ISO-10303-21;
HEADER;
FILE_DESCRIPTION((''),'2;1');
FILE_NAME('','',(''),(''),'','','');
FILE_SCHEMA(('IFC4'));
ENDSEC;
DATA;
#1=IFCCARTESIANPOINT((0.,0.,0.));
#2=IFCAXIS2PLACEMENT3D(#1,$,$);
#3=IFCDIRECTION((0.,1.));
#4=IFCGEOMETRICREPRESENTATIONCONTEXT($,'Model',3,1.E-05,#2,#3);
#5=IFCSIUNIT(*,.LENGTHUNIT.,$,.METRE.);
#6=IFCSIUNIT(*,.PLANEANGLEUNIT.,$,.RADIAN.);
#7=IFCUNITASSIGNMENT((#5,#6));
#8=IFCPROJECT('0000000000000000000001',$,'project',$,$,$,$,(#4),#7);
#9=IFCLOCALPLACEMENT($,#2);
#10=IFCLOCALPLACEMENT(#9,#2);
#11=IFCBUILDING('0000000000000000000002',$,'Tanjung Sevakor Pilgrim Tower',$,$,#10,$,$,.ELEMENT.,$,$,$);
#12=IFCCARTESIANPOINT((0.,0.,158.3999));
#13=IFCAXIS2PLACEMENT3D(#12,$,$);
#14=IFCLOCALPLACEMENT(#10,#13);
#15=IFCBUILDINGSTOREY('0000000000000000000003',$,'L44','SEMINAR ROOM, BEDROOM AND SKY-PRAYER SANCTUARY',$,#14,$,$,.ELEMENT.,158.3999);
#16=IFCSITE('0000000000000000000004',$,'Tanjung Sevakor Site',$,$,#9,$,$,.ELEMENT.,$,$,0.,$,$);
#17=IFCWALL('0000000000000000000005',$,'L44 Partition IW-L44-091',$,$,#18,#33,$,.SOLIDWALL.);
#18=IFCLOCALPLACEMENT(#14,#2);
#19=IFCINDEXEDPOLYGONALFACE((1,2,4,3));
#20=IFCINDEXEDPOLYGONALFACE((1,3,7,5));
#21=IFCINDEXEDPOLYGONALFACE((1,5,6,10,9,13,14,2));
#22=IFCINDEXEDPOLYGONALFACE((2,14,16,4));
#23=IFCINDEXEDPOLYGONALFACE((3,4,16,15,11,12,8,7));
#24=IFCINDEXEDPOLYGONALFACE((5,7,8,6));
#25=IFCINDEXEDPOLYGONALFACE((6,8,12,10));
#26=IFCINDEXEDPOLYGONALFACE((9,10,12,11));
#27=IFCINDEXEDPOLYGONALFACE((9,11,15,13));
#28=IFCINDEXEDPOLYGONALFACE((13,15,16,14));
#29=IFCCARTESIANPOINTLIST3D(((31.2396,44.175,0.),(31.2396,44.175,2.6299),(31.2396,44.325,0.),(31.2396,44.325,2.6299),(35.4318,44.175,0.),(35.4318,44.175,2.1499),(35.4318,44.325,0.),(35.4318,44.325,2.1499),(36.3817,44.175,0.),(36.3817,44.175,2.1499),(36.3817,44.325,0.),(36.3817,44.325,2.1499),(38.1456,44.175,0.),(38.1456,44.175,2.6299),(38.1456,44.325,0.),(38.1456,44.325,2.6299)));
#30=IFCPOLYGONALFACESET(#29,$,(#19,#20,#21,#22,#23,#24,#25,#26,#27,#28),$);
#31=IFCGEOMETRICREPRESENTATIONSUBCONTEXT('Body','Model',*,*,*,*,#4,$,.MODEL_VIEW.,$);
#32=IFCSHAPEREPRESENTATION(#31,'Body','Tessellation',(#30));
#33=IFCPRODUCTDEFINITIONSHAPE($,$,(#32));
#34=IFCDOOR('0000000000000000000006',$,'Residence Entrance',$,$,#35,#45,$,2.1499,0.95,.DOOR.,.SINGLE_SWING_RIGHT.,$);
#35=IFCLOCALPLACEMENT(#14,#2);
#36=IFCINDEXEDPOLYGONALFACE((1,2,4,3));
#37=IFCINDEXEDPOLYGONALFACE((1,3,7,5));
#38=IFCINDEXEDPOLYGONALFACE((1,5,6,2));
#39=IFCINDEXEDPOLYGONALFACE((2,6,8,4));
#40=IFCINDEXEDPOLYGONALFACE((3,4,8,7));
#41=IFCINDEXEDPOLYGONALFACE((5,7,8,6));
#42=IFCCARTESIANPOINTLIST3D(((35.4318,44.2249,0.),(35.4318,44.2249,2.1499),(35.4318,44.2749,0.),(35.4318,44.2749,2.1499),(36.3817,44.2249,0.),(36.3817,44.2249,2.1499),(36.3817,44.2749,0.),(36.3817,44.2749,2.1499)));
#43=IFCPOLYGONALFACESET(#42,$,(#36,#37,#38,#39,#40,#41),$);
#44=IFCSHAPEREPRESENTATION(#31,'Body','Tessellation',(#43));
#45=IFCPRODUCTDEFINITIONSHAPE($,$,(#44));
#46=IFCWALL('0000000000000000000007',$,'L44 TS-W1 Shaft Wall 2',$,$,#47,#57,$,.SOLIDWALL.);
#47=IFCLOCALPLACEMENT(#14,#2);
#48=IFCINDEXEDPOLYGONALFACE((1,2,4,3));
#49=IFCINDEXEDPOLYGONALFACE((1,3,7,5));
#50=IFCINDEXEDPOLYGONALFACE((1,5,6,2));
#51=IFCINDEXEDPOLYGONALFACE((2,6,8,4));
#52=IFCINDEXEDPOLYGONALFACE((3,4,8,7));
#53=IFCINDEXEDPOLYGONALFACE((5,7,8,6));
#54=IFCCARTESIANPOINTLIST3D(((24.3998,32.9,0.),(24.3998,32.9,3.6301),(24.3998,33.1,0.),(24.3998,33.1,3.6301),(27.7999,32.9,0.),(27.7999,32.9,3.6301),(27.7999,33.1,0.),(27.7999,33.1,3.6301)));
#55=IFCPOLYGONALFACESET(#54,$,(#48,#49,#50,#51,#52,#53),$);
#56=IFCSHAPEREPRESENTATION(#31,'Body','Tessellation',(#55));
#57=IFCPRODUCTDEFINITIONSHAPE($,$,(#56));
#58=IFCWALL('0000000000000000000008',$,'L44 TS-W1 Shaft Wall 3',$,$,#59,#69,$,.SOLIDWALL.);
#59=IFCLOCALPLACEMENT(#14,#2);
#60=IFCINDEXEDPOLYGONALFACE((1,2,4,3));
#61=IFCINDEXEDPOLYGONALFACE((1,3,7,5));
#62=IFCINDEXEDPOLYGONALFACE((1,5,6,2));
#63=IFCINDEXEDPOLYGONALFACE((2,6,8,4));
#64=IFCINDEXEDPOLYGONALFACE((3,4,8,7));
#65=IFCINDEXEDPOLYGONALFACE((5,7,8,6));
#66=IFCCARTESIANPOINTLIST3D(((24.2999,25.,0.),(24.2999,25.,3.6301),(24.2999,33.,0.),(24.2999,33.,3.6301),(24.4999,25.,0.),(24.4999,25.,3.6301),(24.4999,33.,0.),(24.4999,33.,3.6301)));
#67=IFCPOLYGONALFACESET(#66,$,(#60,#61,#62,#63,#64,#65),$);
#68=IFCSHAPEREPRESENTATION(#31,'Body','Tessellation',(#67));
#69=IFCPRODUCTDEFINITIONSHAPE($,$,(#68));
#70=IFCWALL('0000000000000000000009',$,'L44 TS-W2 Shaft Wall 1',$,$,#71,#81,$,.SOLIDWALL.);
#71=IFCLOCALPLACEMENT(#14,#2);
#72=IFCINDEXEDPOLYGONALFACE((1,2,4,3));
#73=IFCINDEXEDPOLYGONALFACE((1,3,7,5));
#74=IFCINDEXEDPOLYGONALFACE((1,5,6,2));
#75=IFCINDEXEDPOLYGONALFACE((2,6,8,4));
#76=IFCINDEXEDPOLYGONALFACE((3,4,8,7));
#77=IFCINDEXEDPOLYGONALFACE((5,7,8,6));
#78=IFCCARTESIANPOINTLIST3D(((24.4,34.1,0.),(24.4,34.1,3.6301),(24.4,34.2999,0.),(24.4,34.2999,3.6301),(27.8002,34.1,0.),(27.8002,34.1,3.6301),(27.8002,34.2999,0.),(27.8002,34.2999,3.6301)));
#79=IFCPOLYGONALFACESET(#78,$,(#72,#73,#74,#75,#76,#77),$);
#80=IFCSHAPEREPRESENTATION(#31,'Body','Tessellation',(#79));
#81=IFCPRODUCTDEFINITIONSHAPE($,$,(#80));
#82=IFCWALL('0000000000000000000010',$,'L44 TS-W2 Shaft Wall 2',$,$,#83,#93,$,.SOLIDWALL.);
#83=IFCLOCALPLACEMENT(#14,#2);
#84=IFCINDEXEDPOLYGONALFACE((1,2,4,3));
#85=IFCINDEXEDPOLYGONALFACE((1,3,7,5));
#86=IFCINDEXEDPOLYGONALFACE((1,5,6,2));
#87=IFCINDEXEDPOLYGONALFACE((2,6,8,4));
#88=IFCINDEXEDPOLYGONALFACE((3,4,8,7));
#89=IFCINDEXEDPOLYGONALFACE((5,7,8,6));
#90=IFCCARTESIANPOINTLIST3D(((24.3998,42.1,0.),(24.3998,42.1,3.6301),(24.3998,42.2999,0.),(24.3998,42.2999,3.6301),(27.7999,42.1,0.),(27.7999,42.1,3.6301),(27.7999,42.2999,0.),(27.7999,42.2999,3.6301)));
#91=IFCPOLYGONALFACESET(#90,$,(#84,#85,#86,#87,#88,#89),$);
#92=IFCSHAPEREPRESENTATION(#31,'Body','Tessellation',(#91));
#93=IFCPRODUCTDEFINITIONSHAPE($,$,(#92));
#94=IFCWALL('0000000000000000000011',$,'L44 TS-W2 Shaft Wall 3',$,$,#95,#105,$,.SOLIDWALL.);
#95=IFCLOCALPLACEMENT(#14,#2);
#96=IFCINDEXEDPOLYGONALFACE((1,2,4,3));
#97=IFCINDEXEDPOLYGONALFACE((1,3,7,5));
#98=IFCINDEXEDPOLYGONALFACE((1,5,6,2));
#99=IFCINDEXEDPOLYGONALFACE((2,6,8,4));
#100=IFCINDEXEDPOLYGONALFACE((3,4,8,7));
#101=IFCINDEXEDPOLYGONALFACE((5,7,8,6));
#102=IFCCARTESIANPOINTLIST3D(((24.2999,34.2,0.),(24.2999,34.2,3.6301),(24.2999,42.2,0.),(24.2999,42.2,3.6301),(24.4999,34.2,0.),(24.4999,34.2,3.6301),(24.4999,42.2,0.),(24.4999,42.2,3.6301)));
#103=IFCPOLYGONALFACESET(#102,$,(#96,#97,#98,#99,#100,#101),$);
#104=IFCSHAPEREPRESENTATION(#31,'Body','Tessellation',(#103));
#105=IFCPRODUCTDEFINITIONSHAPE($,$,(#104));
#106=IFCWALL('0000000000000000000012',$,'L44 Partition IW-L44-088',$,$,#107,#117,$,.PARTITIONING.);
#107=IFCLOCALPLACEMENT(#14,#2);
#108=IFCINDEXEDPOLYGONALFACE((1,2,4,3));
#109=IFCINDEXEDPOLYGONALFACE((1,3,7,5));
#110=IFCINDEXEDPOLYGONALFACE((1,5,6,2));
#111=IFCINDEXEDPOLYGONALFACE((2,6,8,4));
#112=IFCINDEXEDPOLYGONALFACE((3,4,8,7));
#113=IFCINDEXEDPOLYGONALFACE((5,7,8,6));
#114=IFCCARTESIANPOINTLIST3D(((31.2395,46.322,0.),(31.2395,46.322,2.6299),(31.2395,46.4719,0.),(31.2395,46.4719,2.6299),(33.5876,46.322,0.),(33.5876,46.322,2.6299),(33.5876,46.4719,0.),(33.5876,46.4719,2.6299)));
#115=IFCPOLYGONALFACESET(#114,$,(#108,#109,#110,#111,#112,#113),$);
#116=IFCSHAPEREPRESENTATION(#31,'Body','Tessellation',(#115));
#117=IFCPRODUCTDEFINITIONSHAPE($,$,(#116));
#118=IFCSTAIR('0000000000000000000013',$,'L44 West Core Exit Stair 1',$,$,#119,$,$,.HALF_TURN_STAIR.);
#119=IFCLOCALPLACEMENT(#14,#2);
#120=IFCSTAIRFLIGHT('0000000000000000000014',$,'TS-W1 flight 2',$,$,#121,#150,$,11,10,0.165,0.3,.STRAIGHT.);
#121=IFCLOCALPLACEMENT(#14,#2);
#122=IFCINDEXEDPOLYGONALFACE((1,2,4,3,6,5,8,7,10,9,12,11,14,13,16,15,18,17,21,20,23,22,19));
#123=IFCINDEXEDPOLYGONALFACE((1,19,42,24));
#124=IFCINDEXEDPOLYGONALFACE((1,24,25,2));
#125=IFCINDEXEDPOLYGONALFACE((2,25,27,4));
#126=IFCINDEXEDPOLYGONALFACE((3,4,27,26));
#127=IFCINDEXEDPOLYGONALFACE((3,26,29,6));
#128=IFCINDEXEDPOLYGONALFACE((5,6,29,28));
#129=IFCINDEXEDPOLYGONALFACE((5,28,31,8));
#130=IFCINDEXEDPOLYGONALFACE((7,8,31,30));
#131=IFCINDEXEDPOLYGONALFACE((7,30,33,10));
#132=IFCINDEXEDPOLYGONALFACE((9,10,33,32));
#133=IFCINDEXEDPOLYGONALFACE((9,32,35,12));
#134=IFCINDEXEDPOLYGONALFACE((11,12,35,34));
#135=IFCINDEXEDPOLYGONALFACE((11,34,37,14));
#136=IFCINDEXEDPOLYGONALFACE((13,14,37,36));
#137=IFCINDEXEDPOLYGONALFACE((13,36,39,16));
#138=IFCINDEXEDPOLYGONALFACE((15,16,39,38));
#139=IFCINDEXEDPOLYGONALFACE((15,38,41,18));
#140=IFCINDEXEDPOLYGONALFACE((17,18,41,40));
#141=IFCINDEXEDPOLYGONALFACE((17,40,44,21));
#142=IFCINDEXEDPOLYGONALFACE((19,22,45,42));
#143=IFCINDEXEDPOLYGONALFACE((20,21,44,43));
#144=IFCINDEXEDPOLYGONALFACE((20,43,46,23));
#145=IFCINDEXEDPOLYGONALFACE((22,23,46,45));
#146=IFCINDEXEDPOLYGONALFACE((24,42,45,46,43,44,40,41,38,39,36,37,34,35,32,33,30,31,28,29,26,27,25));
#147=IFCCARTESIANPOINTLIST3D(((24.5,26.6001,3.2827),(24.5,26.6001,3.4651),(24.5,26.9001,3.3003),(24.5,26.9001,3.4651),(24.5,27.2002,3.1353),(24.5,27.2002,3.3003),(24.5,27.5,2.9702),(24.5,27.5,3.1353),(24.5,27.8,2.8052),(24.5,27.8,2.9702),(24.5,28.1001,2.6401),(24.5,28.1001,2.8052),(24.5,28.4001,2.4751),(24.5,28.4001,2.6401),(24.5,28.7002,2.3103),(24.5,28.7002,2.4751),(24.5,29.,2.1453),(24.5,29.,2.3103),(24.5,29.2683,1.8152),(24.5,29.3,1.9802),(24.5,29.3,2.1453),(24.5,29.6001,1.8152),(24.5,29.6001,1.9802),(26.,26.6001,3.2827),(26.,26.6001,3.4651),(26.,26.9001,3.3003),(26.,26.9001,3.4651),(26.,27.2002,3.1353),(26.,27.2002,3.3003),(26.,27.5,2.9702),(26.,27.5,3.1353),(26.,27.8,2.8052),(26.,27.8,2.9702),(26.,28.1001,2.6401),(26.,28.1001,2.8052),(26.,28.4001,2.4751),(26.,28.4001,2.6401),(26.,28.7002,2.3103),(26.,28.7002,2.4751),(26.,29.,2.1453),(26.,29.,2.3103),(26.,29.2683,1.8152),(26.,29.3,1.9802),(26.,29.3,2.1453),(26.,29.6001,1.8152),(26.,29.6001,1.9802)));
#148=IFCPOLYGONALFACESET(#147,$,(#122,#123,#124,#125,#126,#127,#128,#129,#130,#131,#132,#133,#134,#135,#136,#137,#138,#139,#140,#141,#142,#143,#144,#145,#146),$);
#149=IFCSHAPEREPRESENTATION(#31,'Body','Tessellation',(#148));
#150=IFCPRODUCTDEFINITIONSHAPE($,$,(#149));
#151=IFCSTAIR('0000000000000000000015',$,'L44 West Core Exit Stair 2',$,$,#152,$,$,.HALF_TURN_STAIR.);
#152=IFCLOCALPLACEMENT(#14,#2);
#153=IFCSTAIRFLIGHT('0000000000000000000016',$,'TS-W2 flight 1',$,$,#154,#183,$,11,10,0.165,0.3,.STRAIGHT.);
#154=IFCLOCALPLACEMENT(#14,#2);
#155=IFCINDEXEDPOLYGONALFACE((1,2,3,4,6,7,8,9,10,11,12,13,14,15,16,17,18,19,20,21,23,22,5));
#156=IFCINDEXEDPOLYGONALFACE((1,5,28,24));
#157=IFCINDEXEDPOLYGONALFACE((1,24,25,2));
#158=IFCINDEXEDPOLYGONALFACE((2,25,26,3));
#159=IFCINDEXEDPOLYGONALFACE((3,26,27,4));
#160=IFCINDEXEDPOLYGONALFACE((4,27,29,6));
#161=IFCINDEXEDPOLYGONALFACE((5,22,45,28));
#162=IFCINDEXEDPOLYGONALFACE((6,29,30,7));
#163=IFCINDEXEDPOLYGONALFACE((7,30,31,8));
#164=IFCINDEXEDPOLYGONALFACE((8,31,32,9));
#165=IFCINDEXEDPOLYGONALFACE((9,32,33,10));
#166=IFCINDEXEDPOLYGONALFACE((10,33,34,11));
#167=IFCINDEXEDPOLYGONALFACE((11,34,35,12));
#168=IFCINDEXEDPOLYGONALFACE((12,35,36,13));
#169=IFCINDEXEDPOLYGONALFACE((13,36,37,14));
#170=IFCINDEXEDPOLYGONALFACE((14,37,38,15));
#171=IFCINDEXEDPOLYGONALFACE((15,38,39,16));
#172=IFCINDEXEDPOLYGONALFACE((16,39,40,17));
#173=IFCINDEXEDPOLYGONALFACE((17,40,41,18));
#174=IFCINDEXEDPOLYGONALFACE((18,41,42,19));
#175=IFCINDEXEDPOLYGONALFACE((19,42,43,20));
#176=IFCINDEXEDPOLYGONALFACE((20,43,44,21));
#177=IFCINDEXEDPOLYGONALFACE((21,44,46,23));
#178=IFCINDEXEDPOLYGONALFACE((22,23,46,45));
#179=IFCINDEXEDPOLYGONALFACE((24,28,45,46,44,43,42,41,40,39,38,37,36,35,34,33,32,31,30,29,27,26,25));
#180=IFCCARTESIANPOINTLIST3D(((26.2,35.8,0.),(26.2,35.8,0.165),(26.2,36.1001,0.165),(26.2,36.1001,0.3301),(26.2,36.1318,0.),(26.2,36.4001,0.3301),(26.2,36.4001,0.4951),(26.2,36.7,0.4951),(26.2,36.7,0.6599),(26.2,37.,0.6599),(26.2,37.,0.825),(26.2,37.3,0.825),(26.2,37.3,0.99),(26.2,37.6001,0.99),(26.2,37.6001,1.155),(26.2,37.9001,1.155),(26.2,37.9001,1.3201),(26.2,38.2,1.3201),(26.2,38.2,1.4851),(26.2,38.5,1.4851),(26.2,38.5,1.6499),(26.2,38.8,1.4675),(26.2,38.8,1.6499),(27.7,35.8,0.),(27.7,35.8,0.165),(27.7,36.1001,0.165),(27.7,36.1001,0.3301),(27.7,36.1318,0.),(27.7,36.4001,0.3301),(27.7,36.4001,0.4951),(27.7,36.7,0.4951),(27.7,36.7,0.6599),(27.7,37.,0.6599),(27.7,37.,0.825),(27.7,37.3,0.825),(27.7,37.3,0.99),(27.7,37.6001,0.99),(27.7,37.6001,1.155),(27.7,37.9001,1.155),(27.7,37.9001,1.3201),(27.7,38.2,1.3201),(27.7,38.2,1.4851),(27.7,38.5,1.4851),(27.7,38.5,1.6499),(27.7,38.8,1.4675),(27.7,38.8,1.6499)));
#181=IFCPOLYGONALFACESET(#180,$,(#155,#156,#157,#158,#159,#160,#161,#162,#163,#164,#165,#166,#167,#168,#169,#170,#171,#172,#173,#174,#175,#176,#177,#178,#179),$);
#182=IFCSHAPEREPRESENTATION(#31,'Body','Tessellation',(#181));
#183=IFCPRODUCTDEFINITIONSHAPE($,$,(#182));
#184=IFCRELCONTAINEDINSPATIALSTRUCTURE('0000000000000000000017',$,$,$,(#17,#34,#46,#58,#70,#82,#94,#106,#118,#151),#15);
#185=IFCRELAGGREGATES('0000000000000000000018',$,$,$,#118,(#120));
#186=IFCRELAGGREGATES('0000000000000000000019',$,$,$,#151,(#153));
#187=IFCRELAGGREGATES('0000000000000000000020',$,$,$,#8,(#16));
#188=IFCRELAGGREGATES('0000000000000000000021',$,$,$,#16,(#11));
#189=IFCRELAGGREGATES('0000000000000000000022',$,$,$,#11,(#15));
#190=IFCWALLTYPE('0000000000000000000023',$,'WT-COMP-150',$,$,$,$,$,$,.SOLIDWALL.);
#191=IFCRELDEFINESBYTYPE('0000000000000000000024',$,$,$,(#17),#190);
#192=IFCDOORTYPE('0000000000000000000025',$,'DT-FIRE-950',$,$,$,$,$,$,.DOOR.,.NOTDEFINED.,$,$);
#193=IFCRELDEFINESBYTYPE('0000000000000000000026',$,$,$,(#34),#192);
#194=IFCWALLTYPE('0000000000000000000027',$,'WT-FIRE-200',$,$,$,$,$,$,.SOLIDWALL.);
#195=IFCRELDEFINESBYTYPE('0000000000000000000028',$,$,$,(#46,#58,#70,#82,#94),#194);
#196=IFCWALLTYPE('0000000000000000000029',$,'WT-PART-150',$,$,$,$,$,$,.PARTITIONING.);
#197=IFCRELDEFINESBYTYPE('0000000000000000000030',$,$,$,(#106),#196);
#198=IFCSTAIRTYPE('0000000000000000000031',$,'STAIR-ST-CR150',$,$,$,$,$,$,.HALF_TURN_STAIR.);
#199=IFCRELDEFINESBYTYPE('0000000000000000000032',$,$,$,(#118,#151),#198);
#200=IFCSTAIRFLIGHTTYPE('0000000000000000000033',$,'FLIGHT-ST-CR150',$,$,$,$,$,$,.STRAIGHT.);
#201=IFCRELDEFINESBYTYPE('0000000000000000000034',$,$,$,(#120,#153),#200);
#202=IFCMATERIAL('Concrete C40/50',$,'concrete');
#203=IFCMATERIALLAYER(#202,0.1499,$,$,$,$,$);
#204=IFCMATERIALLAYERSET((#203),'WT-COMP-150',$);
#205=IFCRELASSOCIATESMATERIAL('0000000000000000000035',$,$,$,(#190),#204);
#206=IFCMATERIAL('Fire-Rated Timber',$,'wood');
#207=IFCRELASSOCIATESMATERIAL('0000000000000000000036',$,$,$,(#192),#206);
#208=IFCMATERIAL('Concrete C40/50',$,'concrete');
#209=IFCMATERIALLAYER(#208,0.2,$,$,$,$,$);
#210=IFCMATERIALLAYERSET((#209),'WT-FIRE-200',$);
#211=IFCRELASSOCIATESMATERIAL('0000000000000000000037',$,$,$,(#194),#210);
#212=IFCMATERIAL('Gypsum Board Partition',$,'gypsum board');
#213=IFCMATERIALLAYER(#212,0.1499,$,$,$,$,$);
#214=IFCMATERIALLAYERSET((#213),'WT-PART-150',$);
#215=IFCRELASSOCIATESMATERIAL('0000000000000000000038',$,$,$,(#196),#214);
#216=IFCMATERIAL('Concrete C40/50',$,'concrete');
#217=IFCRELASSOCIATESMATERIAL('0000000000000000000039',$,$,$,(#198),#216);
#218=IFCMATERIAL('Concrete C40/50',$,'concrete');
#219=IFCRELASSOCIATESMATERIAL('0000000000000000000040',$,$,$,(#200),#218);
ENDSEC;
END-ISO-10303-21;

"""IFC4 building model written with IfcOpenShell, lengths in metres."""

from ifc_helpers import new_model, si_unit, direction, frame, frame_2d, origin, place, context, subcontext, project, spatial, polyline, rectangle, outline, extrude, material, layer, layer_set, type_object, element, fill, aggregate, save


model = new_model("IFC4")

# Units and contexts
model_context = context("Model", 3, precision=1e-05, world=origin(), true_north=direction((0.0, 1.0)))
body_context = subcontext(model_context, "Body", "Model", "MODEL_VIEW")
ifc_project = project(units=[si_unit("LENGTHUNIT", "METRE"), si_unit("PLANEANGLEUNIT", "RADIAN")], contexts=[model_context])

# Site, building, storey
site_placement = place(None, origin())
site = spatial("IfcSite", under=ifc_project, at=site_placement, Name="Tanjung Sevakor Site", CompositionType="ELEMENT", RefElevation=0.0)
building_placement = place(site_placement, origin())
building = spatial("IfcBuilding", under=site, at=building_placement, Name="Tanjung Sevakor Pilgrim Tower", CompositionType="ELEMENT")
storey_placement = place(building_placement, frame((0.0, 0.0, 158.3999)))
storey = spatial("IfcBuildingStorey", under=building, at=storey_placement, Name="L44", Description="SEMINAR ROOM, BEDROOM AND SKY-PRAYER SANCTUARY", CompositionType="ELEMENT", Elevation=158.3999)

# Shared definitions
ifc_material_1 = material(Name="Concrete C40/50", Category="concrete")
ifc_layer_1 = layer(ifc_material_1, 0.1499)
ifc_layer_set_1 = layer_set([ifc_layer_1], Name="WT-COMP-150")
wall_type_1 = type_object("IfcWallType", Name="WT-COMP-150", PredefinedType="SOLIDWALL", material=ifc_layer_set_1)

# Shared definitions
ifc_material_2 = material(Name="Fire-Rated Timber", Category="wood")
door_type_1 = type_object("IfcDoorType", Name="DT-FIRE-950", OperationType="NOTDEFINED", PredefinedType="DOOR", material=ifc_material_2)

# Wall, opening, door
wall_1_placement = place(storey_placement, frame((31.2395, 44.25, 0.0), z_axis=(0.0, 0.0, 1.0), x_axis=(1.0, 0.0, 0.0)))
wall_1 = element("IfcWall", 1, at=wall_1_placement, inside=storey, type_object=wall_type_1, Name="L44 Partition IW-L44-091", PredefinedType="SOLIDWALL", context=body_context, shape_type="SweptSolid", body=[
    extrude(rectangle(XDim=6.906, YDim=0.1499, at=frame_2d((3.4531, 0.0))), origin(), (0.0, 0.0, 1.0), 2.6299),
])
opening_1_placement = place(wall_1_placement, frame((4.1921, 0.0, 0.0)))
opening_1 = element("IfcOpeningElement", 2, at=opening_1_placement, cuts=wall_1, PredefinedType="OPENING", context=body_context, shape_type="SweptSolid", body=[
    extrude(rectangle(XDim=0.95, YDim=2.1499, at=frame_2d((0.4751, 1.075))), frame((0.0, 0.085, 0.0), z_axis=(0.0, -1.0, 0.0), x_axis=(1.0, 0.0, 0.0)), (0.0, 0.0, 1.0), 0.1699),
])
door_1_placement = place(opening_1_placement, origin())
door_1 = element("IfcDoor", 3, at=door_1_placement, inside=storey, type_object=door_type_1, Name="Residence Entrance", OperationType="SINGLE_SWING_RIGHT", OverallHeight=2.1499, OverallWidth=0.95, PredefinedType="DOOR", context=body_context, shape_type="SweptSolid", body=[
    extrude(rectangle(XDim=0.95, YDim=2.1499, at=frame_2d((0.4751, 1.075))), frame((0.0, 0.0249, 0.0), z_axis=(0.0, -1.0, 0.0), x_axis=(1.0, 0.0, 0.0)), (0.0, 0.0, 1.0), 0.05),
])
fill(opening_1, door_1)

# Walls
ifc_material_3 = material(Name="Concrete C40/50", Category="concrete")
ifc_layer_2 = layer(ifc_material_3, 0.2)
ifc_layer_set_2 = layer_set([ifc_layer_2], Name="WT-FIRE-200")
wall_type_2 = type_object("IfcWallType", Name="WT-FIRE-200", PredefinedType="SOLIDWALL", material=ifc_layer_set_2)
wall_2_placement = place(storey_placement, frame((27.8, 33.0, 0.0), z_axis=(0.0, 0.0, 1.0), x_axis=(-1.0, 0.0, 0.0)))
element("IfcWall", 4, at=wall_2_placement, inside=storey, type_object=wall_type_2, Name="L44 TS-W1 Shaft Wall 2", PredefinedType="SOLIDWALL", context=body_context, shape_type="SweptSolid", body=[
    extrude(rectangle(XDim=3.4001, YDim=0.2, at=frame_2d((1.7002, 0.0))), origin(), (0.0, 0.0, 1.0), 3.6301),
])
wall_3_placement = place(storey_placement, frame((24.3999, 33.0, 0.0), z_axis=(0.0, 0.0, 1.0), x_axis=(0.0, -1.0, 0.0)))
element("IfcWall", 5, at=wall_3_placement, inside=storey, type_object=wall_type_2, Name="L44 TS-W1 Shaft Wall 3", PredefinedType="SOLIDWALL", context=body_context, shape_type="SweptSolid", body=[
    extrude(rectangle(XDim=8.0, YDim=0.2, at=frame_2d((4.0, 0.0))), origin(), (0.0, 0.0, 1.0), 3.6301),
])
for number, where, z_axis, x_axis, name in (
    (6, (24.3999, 34.2, 0.0), (0.0, 0.0, 1.0), (1.0, 0.0, 0.0), "L44 TS-W2 Shaft Wall 1"),
    (7, (27.8, 42.2, 0.0), (0.0, 0.0, 1.0), (-1.0, 0.0, 0.0), "L44 TS-W2 Shaft Wall 2"),
):
    element("IfcWall", number, at=place(storey_placement, frame(where, z_axis=z_axis, x_axis=x_axis)), inside=storey, type_object=wall_type_2, Name=name, PredefinedType="SOLIDWALL", context=body_context, shape_type="SweptSolid", body=[
        extrude(rectangle(XDim=3.4001, YDim=0.2, at=frame_2d((1.7002, 0.0))), origin(), (0.0, 0.0, 1.0), 3.6301),
    ])
wall_4_placement = place(storey_placement, frame((24.3999, 42.2, 0.0), z_axis=(0.0, 0.0, 1.0), x_axis=(0.0, -1.0, 0.0)))
element("IfcWall", 8, at=wall_4_placement, inside=storey, type_object=wall_type_2, Name="L44 TS-W2 Shaft Wall 3", PredefinedType="SOLIDWALL", context=body_context, shape_type="SweptSolid", body=[
    extrude(rectangle(XDim=8.0, YDim=0.2, at=frame_2d((4.0, 0.0))), origin(), (0.0, 0.0, 1.0), 3.6301),
])
ifc_material_4 = material(Name="Gypsum Board Partition", Category="gypsum board")
ifc_layer_3 = layer(ifc_material_4, 0.1499)
ifc_layer_set_3 = layer_set([ifc_layer_3], Name="WT-PART-150")
wall_type_3 = type_object("IfcWallType", Name="WT-PART-150", PredefinedType="PARTITIONING", material=ifc_layer_set_3)
wall_5_placement = place(storey_placement, frame((31.2395, 46.397, 0.0), z_axis=(0.0, 0.0, 1.0), x_axis=(1.0, 0.0, 0.0)))
element("IfcWall", 9, at=wall_5_placement, inside=storey, type_object=wall_type_3, Name="L44 Partition IW-L44-088", PredefinedType="PARTITIONING", context=body_context, shape_type="SweptSolid", body=[
    extrude(rectangle(XDim=2.3481, YDim=0.1499, at=frame_2d((1.1741, 0.0))), origin(), (0.0, 0.0, 1.0), 2.6299),
])

# Stair, stair flight
ifc_material_5 = material(Name="Concrete C40/50", Category="concrete")
stair_type = type_object("IfcStairType", Name="STAIR-ST-CR150", PredefinedType="HALF_TURN_STAIR", material=ifc_material_5)
stair_1_placement = place(storey_placement, origin())
stair_1 = element("IfcStair", 10, at=stair_1_placement, inside=storey, type_object=stair_type, Name="L44 West Core Exit Stair 1", PredefinedType="HALF_TURN_STAIR")
ifc_material_6 = material(Name="Concrete C40/50", Category="concrete")
stair_flight_type = type_object("IfcStairFlightType", Name="FLIGHT-ST-CR150", PredefinedType="STRAIGHT", material=ifc_material_6)
stair_flight_1_placement = place(storey_placement, frame((25.25, 29.6001, 1.8152), z_axis=(0.0, 0.0, 1.0), x_axis=(0.0, -1.0, 0.0)))
stair_flight_1 = element("IfcStairFlight", 11, at=stair_flight_1_placement, type_object=stair_flight_type, Name="TS-W1 flight 2", NumberOfRisers=11, NumberOfTreads=10, PredefinedType="STRAIGHT", RiserHeight=0.165, TreadLength=0.3, context=body_context, shape_type="SweptSolid", body=[
    extrude(outline(polyline([(0.0, 0.0), (0.0, 0.165), (0.3, 0.165), (0.3, 0.3301), (0.6001, 0.3301), (0.6001, 0.4951), (0.8999, 0.4951), (0.8999, 0.6599), (1.2, 0.6599), (1.2, 0.825), (1.5, 0.825), (1.5, 0.99), (1.8, 0.99), (1.8, 1.155), (2.1001, 1.155), (2.1001, 1.3201), (2.3999, 1.3201), (2.3999, 1.4851), (2.7, 1.4851), (2.7, 1.6499), (3.0, 1.6499), (3.0, 1.8149), (3.0, 1.4675), (0.3318, 0.0), (0.0, 0.0)])), frame((0.0, 0.75, 0.0), z_axis=(0.0, -1.0, 0.0), x_axis=(1.0, 0.0, 0.0)), (0.0, 0.0, 1.0), 1.5),
])
aggregate(stair_1, [stair_flight_1])

# Stair, stair flight
stair_2_placement = place(storey_placement, origin())
stair_2 = element("IfcStair", 12, at=stair_2_placement, inside=storey, type_object=stair_type, Name="L44 West Core Exit Stair 2", PredefinedType="HALF_TURN_STAIR")
stair_flight_2_placement = place(storey_placement, frame((26.95, 35.8, 0.0), z_axis=(0.0, 0.0, 1.0), x_axis=(0.0, 1.0, 0.0)))
stair_flight_2 = element("IfcStairFlight", 13, at=stair_flight_2_placement, type_object=stair_flight_type, Name="TS-W2 flight 1", NumberOfRisers=11, NumberOfTreads=10, PredefinedType="STRAIGHT", RiserHeight=0.165, TreadLength=0.3, context=body_context, shape_type="SweptSolid", body=[
    extrude(outline(polyline([(0.0, 0.0), (0.0, 0.165), (0.3, 0.165), (0.3, 0.3301), (0.6001, 0.3301), (0.6001, 0.4951), (0.8999, 0.4951), (0.8999, 0.6599), (1.2, 0.6599), (1.2, 0.825), (1.5, 0.825), (1.5, 0.99), (1.8, 0.99), (1.8, 1.155), (2.1001, 1.155), (2.1001, 1.3201), (2.3999, 1.3201), (2.3999, 1.4851), (2.7, 1.4851), (2.7, 1.6499), (3.0, 1.6499), (3.0, 1.8149), (3.0, 1.4675), (0.3318, 0.0), (0.0, 0.0)])), frame((0.0, 0.75, 0.0), z_axis=(0.0, -1.0, 0.0), x_axis=(1.0, 0.0, 0.0)), (0.0, 0.0, 1.0), 1.5),
])
aggregate(stair_2, [stair_flight_2])

save(model, "model.ifc")
